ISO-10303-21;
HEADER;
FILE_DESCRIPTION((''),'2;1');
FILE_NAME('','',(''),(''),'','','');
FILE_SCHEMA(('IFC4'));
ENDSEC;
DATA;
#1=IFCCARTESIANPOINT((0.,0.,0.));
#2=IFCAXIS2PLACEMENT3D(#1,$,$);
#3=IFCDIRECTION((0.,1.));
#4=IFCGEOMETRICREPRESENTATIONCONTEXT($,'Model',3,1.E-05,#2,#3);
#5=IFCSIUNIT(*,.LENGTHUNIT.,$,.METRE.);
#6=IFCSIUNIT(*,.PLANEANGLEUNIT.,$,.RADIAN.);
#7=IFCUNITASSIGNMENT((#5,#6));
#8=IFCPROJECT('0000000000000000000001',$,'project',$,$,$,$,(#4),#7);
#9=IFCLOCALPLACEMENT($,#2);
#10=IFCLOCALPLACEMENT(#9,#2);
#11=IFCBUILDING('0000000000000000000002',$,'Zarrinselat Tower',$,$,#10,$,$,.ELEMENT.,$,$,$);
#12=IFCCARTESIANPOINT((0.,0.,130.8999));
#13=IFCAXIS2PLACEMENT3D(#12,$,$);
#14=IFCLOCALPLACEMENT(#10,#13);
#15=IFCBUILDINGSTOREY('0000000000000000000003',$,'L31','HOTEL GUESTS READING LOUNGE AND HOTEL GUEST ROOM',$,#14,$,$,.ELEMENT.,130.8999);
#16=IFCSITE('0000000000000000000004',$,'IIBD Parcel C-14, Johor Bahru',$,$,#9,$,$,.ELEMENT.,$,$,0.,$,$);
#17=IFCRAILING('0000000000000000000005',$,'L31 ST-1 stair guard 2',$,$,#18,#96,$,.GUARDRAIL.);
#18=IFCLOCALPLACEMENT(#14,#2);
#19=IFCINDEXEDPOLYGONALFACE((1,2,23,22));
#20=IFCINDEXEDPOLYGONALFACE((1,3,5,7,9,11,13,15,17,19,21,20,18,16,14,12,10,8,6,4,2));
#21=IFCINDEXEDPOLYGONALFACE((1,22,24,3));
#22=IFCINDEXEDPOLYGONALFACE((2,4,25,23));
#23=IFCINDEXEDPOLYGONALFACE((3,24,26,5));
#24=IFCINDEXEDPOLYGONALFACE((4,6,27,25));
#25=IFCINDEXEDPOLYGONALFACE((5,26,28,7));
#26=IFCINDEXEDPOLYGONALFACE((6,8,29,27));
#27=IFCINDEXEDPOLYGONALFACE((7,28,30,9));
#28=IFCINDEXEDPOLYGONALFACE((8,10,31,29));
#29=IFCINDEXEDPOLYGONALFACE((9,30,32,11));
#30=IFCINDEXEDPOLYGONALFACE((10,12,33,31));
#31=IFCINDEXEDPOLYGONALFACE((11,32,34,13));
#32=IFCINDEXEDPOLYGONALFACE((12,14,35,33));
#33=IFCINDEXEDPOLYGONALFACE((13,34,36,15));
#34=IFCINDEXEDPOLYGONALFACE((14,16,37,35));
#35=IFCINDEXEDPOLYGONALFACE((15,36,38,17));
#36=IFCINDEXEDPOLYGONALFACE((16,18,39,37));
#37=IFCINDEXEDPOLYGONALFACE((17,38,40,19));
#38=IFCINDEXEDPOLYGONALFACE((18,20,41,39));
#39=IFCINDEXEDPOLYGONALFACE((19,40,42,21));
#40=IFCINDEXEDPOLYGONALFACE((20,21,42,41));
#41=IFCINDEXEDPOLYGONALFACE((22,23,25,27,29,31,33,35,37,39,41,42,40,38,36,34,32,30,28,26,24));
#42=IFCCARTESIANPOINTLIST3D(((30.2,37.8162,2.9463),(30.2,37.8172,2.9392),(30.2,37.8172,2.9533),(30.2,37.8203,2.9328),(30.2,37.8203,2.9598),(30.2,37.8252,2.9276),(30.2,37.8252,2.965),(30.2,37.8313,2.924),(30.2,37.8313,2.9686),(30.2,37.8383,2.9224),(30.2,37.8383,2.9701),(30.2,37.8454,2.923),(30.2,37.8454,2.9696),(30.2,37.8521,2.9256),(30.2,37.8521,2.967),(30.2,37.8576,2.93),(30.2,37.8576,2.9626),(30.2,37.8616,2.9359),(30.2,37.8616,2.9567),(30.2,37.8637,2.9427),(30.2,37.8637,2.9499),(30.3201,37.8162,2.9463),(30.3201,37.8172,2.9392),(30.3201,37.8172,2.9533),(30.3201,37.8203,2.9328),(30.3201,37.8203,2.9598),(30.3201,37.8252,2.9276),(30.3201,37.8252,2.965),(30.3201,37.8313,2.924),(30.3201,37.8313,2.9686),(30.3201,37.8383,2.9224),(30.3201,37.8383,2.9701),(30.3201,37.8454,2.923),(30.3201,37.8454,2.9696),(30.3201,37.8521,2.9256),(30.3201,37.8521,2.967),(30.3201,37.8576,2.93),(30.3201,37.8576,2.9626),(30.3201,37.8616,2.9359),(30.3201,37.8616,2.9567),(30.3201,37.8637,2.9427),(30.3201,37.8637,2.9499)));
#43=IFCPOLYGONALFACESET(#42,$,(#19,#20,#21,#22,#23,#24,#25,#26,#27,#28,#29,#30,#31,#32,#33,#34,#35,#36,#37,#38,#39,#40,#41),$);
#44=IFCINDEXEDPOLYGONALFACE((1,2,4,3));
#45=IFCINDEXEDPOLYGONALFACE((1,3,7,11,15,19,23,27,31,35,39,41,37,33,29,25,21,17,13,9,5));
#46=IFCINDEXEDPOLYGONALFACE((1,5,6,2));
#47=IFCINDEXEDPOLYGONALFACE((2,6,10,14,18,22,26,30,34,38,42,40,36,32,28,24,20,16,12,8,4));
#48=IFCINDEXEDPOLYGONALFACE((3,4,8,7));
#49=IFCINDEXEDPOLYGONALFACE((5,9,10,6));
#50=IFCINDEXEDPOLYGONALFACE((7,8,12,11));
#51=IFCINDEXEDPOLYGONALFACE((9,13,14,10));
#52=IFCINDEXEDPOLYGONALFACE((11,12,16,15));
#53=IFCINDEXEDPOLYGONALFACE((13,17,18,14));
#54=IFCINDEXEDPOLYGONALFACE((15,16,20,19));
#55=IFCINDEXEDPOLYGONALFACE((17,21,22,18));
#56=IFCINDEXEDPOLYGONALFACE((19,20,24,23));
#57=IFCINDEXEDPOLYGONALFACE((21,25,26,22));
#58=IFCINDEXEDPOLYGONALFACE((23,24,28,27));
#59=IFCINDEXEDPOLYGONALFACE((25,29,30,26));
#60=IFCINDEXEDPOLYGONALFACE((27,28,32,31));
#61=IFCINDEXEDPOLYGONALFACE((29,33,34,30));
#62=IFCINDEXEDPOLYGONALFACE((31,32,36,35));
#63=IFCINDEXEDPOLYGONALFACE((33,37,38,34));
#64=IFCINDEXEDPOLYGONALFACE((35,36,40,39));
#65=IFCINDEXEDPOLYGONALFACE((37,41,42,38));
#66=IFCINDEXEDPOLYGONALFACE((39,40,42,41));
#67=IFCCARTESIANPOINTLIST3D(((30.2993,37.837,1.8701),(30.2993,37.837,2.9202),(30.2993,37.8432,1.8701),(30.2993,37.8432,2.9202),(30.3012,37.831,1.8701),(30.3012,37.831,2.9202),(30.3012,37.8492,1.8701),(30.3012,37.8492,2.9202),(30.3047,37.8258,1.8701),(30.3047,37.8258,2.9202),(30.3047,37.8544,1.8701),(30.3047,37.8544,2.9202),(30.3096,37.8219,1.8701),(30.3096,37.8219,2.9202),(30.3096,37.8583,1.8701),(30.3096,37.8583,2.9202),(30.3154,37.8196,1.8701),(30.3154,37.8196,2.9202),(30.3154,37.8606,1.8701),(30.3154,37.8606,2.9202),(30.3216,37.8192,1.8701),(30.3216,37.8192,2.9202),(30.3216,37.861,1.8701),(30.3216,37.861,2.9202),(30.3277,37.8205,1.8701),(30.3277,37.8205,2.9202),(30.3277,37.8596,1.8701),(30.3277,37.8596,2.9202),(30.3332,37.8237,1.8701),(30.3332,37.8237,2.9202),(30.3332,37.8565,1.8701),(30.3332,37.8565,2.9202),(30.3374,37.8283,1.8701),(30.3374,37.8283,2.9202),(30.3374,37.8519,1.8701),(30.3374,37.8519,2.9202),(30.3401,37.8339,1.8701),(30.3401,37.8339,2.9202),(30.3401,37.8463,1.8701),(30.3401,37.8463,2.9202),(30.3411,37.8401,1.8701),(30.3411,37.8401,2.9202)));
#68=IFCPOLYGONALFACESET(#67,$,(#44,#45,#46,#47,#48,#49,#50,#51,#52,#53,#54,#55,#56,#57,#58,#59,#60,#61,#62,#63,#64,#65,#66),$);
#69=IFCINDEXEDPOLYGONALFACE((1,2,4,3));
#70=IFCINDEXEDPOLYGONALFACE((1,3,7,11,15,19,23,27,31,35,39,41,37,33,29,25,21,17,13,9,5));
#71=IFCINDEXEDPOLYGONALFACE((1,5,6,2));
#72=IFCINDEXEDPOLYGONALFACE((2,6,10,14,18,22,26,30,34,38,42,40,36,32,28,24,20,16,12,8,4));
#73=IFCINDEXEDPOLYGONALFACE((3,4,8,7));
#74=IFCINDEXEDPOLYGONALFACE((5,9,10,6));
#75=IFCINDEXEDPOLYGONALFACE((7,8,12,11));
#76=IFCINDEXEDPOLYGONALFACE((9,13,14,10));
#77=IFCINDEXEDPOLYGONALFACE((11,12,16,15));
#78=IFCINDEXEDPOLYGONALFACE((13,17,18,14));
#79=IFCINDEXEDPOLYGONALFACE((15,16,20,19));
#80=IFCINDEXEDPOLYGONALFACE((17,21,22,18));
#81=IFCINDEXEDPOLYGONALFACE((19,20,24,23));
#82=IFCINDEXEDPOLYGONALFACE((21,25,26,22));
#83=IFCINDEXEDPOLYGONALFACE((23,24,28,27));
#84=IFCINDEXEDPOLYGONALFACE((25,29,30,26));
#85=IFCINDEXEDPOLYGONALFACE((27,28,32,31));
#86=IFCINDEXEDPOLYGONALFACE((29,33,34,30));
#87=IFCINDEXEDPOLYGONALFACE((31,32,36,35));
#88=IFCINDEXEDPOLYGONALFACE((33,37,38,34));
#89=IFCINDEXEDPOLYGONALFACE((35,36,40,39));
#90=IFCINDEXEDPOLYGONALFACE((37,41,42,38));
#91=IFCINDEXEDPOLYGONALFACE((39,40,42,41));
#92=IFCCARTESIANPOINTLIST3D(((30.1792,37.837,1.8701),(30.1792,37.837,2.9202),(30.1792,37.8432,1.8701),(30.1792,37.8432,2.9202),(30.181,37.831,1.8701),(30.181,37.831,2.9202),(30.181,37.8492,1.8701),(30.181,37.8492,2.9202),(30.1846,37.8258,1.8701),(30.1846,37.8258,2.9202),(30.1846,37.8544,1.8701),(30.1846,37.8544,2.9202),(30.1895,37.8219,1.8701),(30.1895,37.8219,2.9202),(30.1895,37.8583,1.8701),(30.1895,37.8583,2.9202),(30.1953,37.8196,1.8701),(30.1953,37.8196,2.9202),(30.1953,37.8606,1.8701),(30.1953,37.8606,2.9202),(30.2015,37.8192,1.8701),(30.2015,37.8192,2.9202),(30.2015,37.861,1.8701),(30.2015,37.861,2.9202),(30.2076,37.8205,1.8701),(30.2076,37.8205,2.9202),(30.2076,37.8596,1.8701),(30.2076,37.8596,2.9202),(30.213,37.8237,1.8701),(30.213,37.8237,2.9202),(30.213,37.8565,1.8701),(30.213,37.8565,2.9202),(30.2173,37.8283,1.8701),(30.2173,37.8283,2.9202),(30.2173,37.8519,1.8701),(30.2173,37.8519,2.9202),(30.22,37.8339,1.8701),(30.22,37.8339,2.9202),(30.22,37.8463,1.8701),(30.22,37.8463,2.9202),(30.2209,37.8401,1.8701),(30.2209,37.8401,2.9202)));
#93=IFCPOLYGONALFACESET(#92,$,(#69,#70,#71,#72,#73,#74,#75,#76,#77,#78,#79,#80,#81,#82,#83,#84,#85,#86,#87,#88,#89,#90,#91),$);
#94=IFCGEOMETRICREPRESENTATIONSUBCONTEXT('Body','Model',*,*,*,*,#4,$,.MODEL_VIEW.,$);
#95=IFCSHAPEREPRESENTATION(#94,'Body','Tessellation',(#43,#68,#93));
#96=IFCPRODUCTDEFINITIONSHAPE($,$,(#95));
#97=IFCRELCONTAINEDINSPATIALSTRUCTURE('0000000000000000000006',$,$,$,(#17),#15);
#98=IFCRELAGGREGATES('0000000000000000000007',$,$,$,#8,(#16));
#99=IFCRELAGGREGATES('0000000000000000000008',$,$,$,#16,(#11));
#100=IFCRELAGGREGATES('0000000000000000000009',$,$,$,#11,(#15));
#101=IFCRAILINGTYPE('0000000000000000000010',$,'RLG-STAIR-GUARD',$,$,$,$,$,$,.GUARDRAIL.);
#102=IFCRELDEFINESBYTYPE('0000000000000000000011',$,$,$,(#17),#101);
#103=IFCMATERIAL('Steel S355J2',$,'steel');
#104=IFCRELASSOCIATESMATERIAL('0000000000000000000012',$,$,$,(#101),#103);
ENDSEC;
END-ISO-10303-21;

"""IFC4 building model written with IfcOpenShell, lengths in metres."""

from ifc_helpers import new_model, si_unit, direction, frame, origin, origin_2d, place, context, subcontext, project, spatial, circle, extrude, material, type_object, element, save


model = new_model("IFC4")

# Units and contexts
model_context = context("Model", 3, precision=1e-05, world=origin(), true_north=direction((0.0, 1.0)))
body_context = subcontext(model_context, "Body", "Model", "MODEL_VIEW")
ifc_project = project(units=[si_unit("LENGTHUNIT", "METRE"), si_unit("PLANEANGLEUNIT", "RADIAN")], contexts=[model_context])

# Site, building, storey
site_placement = place(None, origin())
site = spatial("IfcSite", under=ifc_project, at=site_placement, Name="IIBD Parcel C-14, Johor Bahru", CompositionType="ELEMENT", RefElevation=0.0)
building_placement = place(site_placement, origin())
building = spatial("IfcBuilding", under=site, at=building_placement, Name="Zarrinselat Tower", CompositionType="ELEMENT")
storey_placement = place(building_placement, frame((0.0, 0.0, 130.8999)))
storey = spatial("IfcBuildingStorey", under=building, at=storey_placement, Name="L31", Description="HOTEL GUESTS READING LOUNGE AND HOTEL GUEST ROOM", CompositionType="ELEMENT", Elevation=130.8999)

# Railing
ifc_material_1 = material(Name="Steel S355J2", Category="steel")
railing_type_1 = type_object("IfcRailingType", Name="RLG-STAIR-GUARD", PredefinedType="GUARDRAIL", material=ifc_material_1)
railing_1_placement = place(storey_placement, frame((30.3201, 37.8401, 1.8701)))
element("IfcRailing", 1, at=railing_1_placement, inside=storey, type_object=railing_type_1, Name="L31 ST-1 stair guard 2", PredefinedType="GUARDRAIL", context=body_context, shape_type="SweptSolid", body=[
    extrude(circle(Radius=0.0239, at=origin_2d()), frame((0.0, 0.0, 1.0762), z_axis=(-1.0, 0.0, 0.0), x_axis=(0.0, -1.0, 0.0)), (0.0, 0.0, 1.0), 0.1201),
    extrude(circle(Radius=0.021, at=origin_2d()), origin(), (0.0, 0.0, 1.0), 1.05),
    extrude(circle(Radius=0.021, at=origin_2d()), frame((-0.1201, 0.0, 0.0)), (0.0, 0.0, 1.0), 1.05),
])

save(model, "model.ifc")
